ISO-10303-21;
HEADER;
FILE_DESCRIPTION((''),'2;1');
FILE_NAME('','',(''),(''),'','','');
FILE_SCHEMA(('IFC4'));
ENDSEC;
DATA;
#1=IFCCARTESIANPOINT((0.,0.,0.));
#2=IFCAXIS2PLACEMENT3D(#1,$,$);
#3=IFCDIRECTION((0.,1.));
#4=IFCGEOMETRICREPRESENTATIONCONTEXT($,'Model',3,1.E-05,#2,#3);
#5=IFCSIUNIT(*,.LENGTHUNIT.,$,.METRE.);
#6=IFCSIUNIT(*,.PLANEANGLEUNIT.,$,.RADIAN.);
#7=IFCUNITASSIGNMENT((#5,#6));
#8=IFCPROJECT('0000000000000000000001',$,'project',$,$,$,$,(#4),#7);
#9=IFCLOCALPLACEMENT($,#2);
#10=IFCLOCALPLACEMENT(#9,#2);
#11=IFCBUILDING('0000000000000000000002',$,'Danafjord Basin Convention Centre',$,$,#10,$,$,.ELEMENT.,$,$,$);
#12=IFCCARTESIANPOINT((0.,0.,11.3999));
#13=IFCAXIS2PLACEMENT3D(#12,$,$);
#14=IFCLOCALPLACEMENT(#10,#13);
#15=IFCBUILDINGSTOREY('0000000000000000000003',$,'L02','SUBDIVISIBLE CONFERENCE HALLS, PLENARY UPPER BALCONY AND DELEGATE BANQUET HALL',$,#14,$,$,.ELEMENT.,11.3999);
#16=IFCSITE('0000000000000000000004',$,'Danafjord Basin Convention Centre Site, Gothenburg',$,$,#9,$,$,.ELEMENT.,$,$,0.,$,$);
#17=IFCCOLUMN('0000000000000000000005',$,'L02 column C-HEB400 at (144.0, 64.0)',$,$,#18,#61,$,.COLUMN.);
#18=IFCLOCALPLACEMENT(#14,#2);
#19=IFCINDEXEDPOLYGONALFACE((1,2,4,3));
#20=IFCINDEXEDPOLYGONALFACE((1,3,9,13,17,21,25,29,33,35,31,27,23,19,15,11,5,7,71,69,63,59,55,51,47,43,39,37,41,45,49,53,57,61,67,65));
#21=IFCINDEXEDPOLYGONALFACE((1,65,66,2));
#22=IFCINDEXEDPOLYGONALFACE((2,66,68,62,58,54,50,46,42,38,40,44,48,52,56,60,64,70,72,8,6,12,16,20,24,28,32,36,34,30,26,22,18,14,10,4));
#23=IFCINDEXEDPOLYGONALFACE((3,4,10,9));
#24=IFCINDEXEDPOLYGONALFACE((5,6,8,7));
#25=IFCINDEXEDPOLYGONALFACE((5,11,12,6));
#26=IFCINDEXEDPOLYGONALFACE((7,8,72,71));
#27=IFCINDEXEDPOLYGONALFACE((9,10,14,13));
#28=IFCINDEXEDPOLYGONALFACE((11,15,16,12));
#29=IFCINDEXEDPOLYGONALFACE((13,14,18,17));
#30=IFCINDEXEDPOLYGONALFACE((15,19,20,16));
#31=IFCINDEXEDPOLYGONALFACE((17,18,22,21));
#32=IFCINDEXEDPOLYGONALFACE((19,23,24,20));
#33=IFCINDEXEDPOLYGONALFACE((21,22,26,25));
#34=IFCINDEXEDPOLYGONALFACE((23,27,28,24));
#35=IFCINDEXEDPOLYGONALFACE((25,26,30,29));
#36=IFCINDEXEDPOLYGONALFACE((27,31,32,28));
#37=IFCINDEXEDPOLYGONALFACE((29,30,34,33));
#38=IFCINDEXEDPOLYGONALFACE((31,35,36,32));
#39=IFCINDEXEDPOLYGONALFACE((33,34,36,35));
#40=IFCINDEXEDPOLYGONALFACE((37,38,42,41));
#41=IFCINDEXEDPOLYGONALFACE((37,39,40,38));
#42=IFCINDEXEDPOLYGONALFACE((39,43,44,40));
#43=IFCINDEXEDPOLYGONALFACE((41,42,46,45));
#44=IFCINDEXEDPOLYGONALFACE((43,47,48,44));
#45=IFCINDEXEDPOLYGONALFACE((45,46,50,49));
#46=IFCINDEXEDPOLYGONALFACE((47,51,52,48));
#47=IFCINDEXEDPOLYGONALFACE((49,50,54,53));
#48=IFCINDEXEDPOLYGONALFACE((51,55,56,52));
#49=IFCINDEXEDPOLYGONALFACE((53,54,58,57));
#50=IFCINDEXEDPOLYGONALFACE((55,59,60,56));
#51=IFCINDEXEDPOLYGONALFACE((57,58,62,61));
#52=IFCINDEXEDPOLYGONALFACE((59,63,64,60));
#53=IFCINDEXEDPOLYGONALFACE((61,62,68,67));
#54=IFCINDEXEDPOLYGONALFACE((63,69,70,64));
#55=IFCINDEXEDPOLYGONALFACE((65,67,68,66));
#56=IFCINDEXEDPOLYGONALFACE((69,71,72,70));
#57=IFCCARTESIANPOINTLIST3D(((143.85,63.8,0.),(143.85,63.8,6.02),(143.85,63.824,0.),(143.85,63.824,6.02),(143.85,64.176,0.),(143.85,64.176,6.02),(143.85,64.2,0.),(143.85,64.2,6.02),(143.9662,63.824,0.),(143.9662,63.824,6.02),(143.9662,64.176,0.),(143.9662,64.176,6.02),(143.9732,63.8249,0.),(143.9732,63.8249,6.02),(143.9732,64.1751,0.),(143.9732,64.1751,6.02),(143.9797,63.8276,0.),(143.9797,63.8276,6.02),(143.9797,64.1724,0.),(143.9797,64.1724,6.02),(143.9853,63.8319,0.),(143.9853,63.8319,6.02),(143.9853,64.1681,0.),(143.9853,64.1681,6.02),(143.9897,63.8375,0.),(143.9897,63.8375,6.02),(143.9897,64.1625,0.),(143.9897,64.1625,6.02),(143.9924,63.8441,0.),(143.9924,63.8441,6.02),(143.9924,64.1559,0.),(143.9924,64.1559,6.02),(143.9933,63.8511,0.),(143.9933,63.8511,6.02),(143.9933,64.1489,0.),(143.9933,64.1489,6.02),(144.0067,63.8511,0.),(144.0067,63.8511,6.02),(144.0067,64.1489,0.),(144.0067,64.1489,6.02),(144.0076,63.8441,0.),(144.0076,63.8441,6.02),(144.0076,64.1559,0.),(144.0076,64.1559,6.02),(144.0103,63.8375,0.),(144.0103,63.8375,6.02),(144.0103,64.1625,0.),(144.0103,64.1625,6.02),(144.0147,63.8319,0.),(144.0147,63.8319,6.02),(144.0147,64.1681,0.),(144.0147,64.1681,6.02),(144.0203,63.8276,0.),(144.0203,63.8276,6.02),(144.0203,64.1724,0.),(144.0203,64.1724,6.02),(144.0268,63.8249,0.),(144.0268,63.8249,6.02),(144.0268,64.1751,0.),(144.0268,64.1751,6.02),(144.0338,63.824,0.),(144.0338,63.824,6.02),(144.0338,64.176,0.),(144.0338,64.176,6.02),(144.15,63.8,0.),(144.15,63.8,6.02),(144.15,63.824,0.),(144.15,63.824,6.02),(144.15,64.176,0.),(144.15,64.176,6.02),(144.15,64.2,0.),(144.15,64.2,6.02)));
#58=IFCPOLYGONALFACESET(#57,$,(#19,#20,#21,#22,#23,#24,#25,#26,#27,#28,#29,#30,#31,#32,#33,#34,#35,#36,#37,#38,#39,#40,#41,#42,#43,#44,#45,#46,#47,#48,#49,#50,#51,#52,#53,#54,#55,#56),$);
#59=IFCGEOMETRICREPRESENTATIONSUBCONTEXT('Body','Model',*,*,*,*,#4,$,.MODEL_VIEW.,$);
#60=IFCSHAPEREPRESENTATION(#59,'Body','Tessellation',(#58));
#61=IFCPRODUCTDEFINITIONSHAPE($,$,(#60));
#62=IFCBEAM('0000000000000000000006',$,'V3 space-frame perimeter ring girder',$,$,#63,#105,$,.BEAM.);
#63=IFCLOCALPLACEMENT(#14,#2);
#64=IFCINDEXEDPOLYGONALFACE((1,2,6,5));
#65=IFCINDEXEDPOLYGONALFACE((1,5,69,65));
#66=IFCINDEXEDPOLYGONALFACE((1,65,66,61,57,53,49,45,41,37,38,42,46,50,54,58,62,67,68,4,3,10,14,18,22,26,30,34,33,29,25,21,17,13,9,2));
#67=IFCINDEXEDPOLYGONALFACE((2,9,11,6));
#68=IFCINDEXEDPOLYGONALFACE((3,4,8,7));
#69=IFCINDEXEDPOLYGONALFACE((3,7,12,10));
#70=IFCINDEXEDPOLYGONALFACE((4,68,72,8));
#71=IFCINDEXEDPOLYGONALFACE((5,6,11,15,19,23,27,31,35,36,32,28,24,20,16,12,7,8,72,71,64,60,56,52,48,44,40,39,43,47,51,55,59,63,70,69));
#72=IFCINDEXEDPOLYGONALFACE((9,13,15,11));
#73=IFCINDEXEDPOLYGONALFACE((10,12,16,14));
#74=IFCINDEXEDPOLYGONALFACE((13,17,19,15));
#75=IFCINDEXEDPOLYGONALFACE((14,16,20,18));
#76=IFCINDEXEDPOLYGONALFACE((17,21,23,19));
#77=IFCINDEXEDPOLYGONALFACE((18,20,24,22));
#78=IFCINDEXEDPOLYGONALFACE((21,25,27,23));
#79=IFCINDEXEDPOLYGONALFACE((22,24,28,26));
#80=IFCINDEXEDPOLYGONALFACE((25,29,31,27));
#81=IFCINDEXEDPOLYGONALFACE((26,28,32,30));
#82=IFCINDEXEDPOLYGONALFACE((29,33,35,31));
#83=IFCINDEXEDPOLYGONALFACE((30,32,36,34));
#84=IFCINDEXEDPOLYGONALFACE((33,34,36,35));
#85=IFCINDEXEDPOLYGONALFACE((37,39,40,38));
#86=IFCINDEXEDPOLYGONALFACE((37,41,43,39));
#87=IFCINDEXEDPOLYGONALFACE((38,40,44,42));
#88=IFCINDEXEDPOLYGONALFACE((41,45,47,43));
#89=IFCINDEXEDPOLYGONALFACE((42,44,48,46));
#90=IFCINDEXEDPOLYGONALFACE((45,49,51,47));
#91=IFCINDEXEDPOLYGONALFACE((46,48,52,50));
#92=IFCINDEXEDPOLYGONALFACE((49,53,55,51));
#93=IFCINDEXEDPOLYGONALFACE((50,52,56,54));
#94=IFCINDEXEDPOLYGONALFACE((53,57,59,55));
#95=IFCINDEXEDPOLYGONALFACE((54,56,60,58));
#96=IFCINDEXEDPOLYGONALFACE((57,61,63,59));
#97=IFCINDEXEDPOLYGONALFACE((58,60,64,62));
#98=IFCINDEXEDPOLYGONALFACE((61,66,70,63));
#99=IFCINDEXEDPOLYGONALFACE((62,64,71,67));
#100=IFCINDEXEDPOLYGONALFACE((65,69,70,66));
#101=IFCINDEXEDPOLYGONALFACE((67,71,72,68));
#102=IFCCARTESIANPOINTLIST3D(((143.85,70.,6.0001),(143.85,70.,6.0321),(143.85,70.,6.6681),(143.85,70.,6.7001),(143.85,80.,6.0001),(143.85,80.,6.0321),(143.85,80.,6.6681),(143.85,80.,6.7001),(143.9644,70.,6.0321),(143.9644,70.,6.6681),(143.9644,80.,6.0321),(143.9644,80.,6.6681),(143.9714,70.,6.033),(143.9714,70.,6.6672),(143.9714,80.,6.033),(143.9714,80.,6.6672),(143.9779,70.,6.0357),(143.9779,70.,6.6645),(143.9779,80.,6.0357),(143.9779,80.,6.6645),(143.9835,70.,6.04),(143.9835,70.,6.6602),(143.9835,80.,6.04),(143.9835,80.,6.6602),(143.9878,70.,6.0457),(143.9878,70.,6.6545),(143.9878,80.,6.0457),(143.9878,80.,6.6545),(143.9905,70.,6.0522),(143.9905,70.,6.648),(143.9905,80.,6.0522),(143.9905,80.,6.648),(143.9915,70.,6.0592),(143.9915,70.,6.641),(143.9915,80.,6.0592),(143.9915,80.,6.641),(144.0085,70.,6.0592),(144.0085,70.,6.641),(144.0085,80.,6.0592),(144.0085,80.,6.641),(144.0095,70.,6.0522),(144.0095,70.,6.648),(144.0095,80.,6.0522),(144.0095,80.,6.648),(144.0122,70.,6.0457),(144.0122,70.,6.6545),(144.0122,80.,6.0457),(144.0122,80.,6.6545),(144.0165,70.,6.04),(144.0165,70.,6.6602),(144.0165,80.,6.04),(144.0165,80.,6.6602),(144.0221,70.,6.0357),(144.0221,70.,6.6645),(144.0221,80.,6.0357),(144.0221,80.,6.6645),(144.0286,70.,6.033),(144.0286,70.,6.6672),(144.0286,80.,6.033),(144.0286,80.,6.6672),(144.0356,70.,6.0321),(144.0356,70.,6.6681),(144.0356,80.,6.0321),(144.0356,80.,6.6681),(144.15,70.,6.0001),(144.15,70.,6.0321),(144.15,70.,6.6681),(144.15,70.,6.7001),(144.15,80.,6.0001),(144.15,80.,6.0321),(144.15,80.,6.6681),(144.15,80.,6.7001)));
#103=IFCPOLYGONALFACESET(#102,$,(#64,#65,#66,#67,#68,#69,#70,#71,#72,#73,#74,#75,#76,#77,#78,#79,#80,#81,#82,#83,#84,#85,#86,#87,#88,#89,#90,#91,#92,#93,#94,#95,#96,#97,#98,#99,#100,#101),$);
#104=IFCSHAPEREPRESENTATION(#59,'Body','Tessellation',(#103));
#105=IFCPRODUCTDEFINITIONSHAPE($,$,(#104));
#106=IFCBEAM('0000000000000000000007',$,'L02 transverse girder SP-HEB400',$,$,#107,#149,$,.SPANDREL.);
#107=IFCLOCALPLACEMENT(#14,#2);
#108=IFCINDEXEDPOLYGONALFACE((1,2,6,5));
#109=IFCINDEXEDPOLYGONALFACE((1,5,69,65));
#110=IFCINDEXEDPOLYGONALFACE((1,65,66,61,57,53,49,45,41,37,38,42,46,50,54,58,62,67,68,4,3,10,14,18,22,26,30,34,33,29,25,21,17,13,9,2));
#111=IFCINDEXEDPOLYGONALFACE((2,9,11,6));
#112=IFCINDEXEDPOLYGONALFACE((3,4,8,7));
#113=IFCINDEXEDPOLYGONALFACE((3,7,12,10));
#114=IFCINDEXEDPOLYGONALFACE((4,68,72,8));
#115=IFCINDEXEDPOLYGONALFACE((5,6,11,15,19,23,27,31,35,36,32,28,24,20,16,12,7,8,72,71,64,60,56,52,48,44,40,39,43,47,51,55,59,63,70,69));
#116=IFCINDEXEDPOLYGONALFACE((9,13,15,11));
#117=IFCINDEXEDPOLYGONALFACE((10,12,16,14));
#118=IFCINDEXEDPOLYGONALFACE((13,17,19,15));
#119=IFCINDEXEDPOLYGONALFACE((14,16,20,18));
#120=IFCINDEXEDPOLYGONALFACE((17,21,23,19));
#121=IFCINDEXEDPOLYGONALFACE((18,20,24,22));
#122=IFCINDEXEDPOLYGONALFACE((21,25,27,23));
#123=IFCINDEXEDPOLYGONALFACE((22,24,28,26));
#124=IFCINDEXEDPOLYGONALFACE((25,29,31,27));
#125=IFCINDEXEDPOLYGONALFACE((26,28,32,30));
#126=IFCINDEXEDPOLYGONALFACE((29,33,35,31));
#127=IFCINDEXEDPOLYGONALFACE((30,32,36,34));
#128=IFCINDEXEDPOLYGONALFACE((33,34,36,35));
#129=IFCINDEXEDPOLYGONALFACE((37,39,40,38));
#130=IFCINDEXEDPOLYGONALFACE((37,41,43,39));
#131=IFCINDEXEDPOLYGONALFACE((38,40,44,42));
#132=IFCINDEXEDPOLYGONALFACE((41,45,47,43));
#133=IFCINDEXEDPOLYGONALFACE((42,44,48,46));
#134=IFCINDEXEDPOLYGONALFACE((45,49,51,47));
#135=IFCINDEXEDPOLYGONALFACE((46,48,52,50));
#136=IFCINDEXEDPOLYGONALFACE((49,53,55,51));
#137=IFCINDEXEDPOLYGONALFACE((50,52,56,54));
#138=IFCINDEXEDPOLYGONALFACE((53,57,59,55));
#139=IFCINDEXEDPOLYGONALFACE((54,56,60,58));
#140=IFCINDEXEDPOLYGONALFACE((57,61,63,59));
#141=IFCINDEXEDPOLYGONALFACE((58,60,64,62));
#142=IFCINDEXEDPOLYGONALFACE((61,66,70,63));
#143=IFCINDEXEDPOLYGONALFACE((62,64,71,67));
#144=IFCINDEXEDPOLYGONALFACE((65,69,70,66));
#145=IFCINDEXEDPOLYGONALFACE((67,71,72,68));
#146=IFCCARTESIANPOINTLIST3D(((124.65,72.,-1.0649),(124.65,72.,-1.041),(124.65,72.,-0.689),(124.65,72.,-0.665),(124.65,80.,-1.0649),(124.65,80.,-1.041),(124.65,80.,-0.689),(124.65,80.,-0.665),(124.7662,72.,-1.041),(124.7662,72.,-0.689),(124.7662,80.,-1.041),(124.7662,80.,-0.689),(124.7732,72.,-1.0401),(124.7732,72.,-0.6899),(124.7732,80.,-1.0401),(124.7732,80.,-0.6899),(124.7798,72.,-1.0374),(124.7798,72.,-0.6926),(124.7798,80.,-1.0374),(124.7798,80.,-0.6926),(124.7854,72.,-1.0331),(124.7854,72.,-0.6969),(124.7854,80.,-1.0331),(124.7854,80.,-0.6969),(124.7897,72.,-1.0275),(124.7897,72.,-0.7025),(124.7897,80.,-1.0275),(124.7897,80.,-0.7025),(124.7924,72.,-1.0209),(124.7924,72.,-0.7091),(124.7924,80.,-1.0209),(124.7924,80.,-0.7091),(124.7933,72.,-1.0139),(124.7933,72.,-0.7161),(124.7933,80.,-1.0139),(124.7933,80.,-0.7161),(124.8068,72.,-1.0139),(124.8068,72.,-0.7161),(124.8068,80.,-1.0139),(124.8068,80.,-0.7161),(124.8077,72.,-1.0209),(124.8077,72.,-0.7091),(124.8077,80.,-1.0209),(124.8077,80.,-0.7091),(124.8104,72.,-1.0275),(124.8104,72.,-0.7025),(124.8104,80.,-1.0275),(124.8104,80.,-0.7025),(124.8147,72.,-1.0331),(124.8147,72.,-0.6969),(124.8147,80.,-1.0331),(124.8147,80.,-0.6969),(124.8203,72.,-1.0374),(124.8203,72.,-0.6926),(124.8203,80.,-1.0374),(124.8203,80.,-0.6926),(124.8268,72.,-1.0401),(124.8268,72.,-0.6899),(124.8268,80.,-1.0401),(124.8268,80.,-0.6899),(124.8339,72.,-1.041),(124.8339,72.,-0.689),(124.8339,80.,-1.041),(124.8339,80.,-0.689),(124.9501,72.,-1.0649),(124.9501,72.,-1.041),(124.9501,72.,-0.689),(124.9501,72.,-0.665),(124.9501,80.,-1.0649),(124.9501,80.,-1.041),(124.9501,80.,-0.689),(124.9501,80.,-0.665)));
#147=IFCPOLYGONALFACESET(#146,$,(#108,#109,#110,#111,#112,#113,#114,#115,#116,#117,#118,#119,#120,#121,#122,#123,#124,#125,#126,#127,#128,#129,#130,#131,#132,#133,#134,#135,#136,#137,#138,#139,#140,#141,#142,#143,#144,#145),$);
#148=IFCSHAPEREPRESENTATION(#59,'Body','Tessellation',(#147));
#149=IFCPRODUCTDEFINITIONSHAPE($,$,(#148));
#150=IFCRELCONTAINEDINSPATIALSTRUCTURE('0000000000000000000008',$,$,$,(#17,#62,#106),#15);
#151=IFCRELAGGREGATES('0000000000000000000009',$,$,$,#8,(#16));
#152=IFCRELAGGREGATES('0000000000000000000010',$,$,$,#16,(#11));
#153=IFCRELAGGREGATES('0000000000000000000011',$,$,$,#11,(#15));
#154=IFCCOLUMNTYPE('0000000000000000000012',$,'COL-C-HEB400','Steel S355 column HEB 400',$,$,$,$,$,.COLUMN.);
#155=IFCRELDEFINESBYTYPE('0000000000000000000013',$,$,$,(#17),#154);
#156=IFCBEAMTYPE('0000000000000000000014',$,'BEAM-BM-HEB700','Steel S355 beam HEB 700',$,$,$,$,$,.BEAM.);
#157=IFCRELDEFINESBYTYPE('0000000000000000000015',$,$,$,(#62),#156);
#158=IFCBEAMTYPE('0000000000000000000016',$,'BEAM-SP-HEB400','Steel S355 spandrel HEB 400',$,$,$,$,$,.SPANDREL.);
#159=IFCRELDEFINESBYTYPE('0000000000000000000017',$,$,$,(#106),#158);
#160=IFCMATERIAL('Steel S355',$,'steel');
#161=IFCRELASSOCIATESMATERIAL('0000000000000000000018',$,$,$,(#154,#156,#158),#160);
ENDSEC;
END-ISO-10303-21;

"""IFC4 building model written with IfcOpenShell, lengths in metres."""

from ifc_helpers import new_model, si_unit, direction, frame, origin, origin_2d, place, context, subcontext, project, spatial, i_section, extrude, material, material_profile, profile_set, type_object, element, save


model = new_model("IFC4")

# Units and contexts
model_context = context("Model", 3, precision=1e-05, world=origin(), true_north=direction((0.0, 1.0)))
body_context = subcontext(model_context, "Body", "Model", "MODEL_VIEW")
ifc_project = project(units=[si_unit("LENGTHUNIT", "METRE"), si_unit("PLANEANGLEUNIT", "RADIAN")], contexts=[model_context])

# Site, building, storey
site_placement = place(None, origin())
site = spatial("IfcSite", under=ifc_project, at=site_placement, Name="Danafjord Basin Convention Centre Site, Gothenburg", CompositionType="ELEMENT", RefElevation=0.0)
building_placement = place(site_placement, origin())
building = spatial("IfcBuilding", under=site, at=building_placement, Name="Danafjord Basin Convention Centre", CompositionType="ELEMENT")
storey_placement = place(building_placement, frame((0.0, 0.0, 11.3999)))
storey = spatial("IfcBuildingStorey", under=building, at=storey_placement, Name="L02", Description="SUBDIVISIBLE CONFERENCE HALLS, PLENARY UPPER BALCONY AND DELEGATE BANQUET HALL", CompositionType="ELEMENT", Elevation=11.3999)

# Column
ifc_material_1 = material(Name="Steel S355", Category="steel")
ifc_material_profile_1 = material_profile(ifc_material_1, i_section(OverallWidth=0.3, OverallDepth=0.3999, WebThickness=0.0134, FlangeThickness=0.0239, FilletRadius=0.0271, at=origin_2d()), Name="HEB 400")
ifc_profile_set_1 = profile_set([ifc_material_profile_1], Name="Steel S355")
column_type = type_object("IfcColumnType", Name="COL-C-HEB400", Description="Steel S355 column HEB 400", PredefinedType="COLUMN", material=ifc_profile_set_1)
column_placement = place(storey_placement, frame((144.0, 64.0, 0.0), z_axis=(0.0, 0.0, 1.0), x_axis=(1.0, 0.0, 0.0)))
element("IfcColumn", 1, at=column_placement, inside=storey, type_object=column_type, Name="L02 column C-HEB400 at (144.0, 64.0)", PredefinedType="COLUMN", context=body_context, shape_type="SweptSolid", body=[
    extrude(i_section(OverallWidth=0.3, OverallDepth=0.3999, WebThickness=0.0134, FlangeThickness=0.0239, FilletRadius=0.0271, at=origin_2d()), origin(), (0.0, 0.0, 1.0), 6.02),
])

# Beams
ifc_material_profile_2 = material_profile(ifc_material_1, i_section(OverallWidth=0.3, OverallDepth=0.7, WebThickness=0.0171, FlangeThickness=0.032, FilletRadius=0.0271, at=origin_2d()), Name="HEB 700")
ifc_profile_set_2 = profile_set([ifc_material_profile_2], Name="Steel S355")
beam_type_1 = type_object("IfcBeamType", Name="BEAM-BM-HEB700", Description="Steel S355 beam HEB 700", PredefinedType="BEAM", material=ifc_profile_set_2)
beam_1_placement = place(storey_placement, frame((144.0, 70.0, 6.3501), z_axis=(0.0, 1.0, 0.0), x_axis=(-1.0, 0.0, 0.0)))
element("IfcBeam", 2, at=beam_1_placement, inside=storey, type_object=beam_type_1, Name="V3 space-frame perimeter ring girder", PredefinedType="BEAM", context=body_context, shape_type="SweptSolid", body=[
    extrude(i_section(OverallWidth=0.3, OverallDepth=0.7, WebThickness=0.0171, FlangeThickness=0.032, FilletRadius=0.0271, at=origin_2d()), origin(), (0.0, 0.0, 1.0), 10.0),
])
ifc_material_profile_3 = material_profile(ifc_material_1, i_section(OverallWidth=0.3, OverallDepth=0.3999, WebThickness=0.0134, FlangeThickness=0.0239, FilletRadius=0.0271, at=origin_2d()), Name="HEB 400")
ifc_profile_set_3 = profile_set([ifc_material_profile_3], Name="Steel S355")
beam_type_2 = type_object("IfcBeamType", Name="BEAM-SP-HEB400", Description="Steel S355 spandrel HEB 400", PredefinedType="SPANDREL", material=ifc_profile_set_3)
beam_2_placement = place(storey_placement, frame((124.8, 72.0, -0.865), z_axis=(0.0, 1.0, 0.0), x_axis=(-1.0, 0.0, 0.0)))
element("IfcBeam", 3, at=beam_2_placement, inside=storey, type_object=beam_type_2, Name="L02 transverse girder SP-HEB400", PredefinedType="SPANDREL", context=body_context, shape_type="SweptSolid", body=[
    extrude(i_section(OverallWidth=0.3, OverallDepth=0.3999, WebThickness=0.0134, FlangeThickness=0.0239, FilletRadius=0.0271, at=origin_2d()), origin(), (0.0, 0.0, 1.0), 8.0),
])

save(model, "model.ifc")
